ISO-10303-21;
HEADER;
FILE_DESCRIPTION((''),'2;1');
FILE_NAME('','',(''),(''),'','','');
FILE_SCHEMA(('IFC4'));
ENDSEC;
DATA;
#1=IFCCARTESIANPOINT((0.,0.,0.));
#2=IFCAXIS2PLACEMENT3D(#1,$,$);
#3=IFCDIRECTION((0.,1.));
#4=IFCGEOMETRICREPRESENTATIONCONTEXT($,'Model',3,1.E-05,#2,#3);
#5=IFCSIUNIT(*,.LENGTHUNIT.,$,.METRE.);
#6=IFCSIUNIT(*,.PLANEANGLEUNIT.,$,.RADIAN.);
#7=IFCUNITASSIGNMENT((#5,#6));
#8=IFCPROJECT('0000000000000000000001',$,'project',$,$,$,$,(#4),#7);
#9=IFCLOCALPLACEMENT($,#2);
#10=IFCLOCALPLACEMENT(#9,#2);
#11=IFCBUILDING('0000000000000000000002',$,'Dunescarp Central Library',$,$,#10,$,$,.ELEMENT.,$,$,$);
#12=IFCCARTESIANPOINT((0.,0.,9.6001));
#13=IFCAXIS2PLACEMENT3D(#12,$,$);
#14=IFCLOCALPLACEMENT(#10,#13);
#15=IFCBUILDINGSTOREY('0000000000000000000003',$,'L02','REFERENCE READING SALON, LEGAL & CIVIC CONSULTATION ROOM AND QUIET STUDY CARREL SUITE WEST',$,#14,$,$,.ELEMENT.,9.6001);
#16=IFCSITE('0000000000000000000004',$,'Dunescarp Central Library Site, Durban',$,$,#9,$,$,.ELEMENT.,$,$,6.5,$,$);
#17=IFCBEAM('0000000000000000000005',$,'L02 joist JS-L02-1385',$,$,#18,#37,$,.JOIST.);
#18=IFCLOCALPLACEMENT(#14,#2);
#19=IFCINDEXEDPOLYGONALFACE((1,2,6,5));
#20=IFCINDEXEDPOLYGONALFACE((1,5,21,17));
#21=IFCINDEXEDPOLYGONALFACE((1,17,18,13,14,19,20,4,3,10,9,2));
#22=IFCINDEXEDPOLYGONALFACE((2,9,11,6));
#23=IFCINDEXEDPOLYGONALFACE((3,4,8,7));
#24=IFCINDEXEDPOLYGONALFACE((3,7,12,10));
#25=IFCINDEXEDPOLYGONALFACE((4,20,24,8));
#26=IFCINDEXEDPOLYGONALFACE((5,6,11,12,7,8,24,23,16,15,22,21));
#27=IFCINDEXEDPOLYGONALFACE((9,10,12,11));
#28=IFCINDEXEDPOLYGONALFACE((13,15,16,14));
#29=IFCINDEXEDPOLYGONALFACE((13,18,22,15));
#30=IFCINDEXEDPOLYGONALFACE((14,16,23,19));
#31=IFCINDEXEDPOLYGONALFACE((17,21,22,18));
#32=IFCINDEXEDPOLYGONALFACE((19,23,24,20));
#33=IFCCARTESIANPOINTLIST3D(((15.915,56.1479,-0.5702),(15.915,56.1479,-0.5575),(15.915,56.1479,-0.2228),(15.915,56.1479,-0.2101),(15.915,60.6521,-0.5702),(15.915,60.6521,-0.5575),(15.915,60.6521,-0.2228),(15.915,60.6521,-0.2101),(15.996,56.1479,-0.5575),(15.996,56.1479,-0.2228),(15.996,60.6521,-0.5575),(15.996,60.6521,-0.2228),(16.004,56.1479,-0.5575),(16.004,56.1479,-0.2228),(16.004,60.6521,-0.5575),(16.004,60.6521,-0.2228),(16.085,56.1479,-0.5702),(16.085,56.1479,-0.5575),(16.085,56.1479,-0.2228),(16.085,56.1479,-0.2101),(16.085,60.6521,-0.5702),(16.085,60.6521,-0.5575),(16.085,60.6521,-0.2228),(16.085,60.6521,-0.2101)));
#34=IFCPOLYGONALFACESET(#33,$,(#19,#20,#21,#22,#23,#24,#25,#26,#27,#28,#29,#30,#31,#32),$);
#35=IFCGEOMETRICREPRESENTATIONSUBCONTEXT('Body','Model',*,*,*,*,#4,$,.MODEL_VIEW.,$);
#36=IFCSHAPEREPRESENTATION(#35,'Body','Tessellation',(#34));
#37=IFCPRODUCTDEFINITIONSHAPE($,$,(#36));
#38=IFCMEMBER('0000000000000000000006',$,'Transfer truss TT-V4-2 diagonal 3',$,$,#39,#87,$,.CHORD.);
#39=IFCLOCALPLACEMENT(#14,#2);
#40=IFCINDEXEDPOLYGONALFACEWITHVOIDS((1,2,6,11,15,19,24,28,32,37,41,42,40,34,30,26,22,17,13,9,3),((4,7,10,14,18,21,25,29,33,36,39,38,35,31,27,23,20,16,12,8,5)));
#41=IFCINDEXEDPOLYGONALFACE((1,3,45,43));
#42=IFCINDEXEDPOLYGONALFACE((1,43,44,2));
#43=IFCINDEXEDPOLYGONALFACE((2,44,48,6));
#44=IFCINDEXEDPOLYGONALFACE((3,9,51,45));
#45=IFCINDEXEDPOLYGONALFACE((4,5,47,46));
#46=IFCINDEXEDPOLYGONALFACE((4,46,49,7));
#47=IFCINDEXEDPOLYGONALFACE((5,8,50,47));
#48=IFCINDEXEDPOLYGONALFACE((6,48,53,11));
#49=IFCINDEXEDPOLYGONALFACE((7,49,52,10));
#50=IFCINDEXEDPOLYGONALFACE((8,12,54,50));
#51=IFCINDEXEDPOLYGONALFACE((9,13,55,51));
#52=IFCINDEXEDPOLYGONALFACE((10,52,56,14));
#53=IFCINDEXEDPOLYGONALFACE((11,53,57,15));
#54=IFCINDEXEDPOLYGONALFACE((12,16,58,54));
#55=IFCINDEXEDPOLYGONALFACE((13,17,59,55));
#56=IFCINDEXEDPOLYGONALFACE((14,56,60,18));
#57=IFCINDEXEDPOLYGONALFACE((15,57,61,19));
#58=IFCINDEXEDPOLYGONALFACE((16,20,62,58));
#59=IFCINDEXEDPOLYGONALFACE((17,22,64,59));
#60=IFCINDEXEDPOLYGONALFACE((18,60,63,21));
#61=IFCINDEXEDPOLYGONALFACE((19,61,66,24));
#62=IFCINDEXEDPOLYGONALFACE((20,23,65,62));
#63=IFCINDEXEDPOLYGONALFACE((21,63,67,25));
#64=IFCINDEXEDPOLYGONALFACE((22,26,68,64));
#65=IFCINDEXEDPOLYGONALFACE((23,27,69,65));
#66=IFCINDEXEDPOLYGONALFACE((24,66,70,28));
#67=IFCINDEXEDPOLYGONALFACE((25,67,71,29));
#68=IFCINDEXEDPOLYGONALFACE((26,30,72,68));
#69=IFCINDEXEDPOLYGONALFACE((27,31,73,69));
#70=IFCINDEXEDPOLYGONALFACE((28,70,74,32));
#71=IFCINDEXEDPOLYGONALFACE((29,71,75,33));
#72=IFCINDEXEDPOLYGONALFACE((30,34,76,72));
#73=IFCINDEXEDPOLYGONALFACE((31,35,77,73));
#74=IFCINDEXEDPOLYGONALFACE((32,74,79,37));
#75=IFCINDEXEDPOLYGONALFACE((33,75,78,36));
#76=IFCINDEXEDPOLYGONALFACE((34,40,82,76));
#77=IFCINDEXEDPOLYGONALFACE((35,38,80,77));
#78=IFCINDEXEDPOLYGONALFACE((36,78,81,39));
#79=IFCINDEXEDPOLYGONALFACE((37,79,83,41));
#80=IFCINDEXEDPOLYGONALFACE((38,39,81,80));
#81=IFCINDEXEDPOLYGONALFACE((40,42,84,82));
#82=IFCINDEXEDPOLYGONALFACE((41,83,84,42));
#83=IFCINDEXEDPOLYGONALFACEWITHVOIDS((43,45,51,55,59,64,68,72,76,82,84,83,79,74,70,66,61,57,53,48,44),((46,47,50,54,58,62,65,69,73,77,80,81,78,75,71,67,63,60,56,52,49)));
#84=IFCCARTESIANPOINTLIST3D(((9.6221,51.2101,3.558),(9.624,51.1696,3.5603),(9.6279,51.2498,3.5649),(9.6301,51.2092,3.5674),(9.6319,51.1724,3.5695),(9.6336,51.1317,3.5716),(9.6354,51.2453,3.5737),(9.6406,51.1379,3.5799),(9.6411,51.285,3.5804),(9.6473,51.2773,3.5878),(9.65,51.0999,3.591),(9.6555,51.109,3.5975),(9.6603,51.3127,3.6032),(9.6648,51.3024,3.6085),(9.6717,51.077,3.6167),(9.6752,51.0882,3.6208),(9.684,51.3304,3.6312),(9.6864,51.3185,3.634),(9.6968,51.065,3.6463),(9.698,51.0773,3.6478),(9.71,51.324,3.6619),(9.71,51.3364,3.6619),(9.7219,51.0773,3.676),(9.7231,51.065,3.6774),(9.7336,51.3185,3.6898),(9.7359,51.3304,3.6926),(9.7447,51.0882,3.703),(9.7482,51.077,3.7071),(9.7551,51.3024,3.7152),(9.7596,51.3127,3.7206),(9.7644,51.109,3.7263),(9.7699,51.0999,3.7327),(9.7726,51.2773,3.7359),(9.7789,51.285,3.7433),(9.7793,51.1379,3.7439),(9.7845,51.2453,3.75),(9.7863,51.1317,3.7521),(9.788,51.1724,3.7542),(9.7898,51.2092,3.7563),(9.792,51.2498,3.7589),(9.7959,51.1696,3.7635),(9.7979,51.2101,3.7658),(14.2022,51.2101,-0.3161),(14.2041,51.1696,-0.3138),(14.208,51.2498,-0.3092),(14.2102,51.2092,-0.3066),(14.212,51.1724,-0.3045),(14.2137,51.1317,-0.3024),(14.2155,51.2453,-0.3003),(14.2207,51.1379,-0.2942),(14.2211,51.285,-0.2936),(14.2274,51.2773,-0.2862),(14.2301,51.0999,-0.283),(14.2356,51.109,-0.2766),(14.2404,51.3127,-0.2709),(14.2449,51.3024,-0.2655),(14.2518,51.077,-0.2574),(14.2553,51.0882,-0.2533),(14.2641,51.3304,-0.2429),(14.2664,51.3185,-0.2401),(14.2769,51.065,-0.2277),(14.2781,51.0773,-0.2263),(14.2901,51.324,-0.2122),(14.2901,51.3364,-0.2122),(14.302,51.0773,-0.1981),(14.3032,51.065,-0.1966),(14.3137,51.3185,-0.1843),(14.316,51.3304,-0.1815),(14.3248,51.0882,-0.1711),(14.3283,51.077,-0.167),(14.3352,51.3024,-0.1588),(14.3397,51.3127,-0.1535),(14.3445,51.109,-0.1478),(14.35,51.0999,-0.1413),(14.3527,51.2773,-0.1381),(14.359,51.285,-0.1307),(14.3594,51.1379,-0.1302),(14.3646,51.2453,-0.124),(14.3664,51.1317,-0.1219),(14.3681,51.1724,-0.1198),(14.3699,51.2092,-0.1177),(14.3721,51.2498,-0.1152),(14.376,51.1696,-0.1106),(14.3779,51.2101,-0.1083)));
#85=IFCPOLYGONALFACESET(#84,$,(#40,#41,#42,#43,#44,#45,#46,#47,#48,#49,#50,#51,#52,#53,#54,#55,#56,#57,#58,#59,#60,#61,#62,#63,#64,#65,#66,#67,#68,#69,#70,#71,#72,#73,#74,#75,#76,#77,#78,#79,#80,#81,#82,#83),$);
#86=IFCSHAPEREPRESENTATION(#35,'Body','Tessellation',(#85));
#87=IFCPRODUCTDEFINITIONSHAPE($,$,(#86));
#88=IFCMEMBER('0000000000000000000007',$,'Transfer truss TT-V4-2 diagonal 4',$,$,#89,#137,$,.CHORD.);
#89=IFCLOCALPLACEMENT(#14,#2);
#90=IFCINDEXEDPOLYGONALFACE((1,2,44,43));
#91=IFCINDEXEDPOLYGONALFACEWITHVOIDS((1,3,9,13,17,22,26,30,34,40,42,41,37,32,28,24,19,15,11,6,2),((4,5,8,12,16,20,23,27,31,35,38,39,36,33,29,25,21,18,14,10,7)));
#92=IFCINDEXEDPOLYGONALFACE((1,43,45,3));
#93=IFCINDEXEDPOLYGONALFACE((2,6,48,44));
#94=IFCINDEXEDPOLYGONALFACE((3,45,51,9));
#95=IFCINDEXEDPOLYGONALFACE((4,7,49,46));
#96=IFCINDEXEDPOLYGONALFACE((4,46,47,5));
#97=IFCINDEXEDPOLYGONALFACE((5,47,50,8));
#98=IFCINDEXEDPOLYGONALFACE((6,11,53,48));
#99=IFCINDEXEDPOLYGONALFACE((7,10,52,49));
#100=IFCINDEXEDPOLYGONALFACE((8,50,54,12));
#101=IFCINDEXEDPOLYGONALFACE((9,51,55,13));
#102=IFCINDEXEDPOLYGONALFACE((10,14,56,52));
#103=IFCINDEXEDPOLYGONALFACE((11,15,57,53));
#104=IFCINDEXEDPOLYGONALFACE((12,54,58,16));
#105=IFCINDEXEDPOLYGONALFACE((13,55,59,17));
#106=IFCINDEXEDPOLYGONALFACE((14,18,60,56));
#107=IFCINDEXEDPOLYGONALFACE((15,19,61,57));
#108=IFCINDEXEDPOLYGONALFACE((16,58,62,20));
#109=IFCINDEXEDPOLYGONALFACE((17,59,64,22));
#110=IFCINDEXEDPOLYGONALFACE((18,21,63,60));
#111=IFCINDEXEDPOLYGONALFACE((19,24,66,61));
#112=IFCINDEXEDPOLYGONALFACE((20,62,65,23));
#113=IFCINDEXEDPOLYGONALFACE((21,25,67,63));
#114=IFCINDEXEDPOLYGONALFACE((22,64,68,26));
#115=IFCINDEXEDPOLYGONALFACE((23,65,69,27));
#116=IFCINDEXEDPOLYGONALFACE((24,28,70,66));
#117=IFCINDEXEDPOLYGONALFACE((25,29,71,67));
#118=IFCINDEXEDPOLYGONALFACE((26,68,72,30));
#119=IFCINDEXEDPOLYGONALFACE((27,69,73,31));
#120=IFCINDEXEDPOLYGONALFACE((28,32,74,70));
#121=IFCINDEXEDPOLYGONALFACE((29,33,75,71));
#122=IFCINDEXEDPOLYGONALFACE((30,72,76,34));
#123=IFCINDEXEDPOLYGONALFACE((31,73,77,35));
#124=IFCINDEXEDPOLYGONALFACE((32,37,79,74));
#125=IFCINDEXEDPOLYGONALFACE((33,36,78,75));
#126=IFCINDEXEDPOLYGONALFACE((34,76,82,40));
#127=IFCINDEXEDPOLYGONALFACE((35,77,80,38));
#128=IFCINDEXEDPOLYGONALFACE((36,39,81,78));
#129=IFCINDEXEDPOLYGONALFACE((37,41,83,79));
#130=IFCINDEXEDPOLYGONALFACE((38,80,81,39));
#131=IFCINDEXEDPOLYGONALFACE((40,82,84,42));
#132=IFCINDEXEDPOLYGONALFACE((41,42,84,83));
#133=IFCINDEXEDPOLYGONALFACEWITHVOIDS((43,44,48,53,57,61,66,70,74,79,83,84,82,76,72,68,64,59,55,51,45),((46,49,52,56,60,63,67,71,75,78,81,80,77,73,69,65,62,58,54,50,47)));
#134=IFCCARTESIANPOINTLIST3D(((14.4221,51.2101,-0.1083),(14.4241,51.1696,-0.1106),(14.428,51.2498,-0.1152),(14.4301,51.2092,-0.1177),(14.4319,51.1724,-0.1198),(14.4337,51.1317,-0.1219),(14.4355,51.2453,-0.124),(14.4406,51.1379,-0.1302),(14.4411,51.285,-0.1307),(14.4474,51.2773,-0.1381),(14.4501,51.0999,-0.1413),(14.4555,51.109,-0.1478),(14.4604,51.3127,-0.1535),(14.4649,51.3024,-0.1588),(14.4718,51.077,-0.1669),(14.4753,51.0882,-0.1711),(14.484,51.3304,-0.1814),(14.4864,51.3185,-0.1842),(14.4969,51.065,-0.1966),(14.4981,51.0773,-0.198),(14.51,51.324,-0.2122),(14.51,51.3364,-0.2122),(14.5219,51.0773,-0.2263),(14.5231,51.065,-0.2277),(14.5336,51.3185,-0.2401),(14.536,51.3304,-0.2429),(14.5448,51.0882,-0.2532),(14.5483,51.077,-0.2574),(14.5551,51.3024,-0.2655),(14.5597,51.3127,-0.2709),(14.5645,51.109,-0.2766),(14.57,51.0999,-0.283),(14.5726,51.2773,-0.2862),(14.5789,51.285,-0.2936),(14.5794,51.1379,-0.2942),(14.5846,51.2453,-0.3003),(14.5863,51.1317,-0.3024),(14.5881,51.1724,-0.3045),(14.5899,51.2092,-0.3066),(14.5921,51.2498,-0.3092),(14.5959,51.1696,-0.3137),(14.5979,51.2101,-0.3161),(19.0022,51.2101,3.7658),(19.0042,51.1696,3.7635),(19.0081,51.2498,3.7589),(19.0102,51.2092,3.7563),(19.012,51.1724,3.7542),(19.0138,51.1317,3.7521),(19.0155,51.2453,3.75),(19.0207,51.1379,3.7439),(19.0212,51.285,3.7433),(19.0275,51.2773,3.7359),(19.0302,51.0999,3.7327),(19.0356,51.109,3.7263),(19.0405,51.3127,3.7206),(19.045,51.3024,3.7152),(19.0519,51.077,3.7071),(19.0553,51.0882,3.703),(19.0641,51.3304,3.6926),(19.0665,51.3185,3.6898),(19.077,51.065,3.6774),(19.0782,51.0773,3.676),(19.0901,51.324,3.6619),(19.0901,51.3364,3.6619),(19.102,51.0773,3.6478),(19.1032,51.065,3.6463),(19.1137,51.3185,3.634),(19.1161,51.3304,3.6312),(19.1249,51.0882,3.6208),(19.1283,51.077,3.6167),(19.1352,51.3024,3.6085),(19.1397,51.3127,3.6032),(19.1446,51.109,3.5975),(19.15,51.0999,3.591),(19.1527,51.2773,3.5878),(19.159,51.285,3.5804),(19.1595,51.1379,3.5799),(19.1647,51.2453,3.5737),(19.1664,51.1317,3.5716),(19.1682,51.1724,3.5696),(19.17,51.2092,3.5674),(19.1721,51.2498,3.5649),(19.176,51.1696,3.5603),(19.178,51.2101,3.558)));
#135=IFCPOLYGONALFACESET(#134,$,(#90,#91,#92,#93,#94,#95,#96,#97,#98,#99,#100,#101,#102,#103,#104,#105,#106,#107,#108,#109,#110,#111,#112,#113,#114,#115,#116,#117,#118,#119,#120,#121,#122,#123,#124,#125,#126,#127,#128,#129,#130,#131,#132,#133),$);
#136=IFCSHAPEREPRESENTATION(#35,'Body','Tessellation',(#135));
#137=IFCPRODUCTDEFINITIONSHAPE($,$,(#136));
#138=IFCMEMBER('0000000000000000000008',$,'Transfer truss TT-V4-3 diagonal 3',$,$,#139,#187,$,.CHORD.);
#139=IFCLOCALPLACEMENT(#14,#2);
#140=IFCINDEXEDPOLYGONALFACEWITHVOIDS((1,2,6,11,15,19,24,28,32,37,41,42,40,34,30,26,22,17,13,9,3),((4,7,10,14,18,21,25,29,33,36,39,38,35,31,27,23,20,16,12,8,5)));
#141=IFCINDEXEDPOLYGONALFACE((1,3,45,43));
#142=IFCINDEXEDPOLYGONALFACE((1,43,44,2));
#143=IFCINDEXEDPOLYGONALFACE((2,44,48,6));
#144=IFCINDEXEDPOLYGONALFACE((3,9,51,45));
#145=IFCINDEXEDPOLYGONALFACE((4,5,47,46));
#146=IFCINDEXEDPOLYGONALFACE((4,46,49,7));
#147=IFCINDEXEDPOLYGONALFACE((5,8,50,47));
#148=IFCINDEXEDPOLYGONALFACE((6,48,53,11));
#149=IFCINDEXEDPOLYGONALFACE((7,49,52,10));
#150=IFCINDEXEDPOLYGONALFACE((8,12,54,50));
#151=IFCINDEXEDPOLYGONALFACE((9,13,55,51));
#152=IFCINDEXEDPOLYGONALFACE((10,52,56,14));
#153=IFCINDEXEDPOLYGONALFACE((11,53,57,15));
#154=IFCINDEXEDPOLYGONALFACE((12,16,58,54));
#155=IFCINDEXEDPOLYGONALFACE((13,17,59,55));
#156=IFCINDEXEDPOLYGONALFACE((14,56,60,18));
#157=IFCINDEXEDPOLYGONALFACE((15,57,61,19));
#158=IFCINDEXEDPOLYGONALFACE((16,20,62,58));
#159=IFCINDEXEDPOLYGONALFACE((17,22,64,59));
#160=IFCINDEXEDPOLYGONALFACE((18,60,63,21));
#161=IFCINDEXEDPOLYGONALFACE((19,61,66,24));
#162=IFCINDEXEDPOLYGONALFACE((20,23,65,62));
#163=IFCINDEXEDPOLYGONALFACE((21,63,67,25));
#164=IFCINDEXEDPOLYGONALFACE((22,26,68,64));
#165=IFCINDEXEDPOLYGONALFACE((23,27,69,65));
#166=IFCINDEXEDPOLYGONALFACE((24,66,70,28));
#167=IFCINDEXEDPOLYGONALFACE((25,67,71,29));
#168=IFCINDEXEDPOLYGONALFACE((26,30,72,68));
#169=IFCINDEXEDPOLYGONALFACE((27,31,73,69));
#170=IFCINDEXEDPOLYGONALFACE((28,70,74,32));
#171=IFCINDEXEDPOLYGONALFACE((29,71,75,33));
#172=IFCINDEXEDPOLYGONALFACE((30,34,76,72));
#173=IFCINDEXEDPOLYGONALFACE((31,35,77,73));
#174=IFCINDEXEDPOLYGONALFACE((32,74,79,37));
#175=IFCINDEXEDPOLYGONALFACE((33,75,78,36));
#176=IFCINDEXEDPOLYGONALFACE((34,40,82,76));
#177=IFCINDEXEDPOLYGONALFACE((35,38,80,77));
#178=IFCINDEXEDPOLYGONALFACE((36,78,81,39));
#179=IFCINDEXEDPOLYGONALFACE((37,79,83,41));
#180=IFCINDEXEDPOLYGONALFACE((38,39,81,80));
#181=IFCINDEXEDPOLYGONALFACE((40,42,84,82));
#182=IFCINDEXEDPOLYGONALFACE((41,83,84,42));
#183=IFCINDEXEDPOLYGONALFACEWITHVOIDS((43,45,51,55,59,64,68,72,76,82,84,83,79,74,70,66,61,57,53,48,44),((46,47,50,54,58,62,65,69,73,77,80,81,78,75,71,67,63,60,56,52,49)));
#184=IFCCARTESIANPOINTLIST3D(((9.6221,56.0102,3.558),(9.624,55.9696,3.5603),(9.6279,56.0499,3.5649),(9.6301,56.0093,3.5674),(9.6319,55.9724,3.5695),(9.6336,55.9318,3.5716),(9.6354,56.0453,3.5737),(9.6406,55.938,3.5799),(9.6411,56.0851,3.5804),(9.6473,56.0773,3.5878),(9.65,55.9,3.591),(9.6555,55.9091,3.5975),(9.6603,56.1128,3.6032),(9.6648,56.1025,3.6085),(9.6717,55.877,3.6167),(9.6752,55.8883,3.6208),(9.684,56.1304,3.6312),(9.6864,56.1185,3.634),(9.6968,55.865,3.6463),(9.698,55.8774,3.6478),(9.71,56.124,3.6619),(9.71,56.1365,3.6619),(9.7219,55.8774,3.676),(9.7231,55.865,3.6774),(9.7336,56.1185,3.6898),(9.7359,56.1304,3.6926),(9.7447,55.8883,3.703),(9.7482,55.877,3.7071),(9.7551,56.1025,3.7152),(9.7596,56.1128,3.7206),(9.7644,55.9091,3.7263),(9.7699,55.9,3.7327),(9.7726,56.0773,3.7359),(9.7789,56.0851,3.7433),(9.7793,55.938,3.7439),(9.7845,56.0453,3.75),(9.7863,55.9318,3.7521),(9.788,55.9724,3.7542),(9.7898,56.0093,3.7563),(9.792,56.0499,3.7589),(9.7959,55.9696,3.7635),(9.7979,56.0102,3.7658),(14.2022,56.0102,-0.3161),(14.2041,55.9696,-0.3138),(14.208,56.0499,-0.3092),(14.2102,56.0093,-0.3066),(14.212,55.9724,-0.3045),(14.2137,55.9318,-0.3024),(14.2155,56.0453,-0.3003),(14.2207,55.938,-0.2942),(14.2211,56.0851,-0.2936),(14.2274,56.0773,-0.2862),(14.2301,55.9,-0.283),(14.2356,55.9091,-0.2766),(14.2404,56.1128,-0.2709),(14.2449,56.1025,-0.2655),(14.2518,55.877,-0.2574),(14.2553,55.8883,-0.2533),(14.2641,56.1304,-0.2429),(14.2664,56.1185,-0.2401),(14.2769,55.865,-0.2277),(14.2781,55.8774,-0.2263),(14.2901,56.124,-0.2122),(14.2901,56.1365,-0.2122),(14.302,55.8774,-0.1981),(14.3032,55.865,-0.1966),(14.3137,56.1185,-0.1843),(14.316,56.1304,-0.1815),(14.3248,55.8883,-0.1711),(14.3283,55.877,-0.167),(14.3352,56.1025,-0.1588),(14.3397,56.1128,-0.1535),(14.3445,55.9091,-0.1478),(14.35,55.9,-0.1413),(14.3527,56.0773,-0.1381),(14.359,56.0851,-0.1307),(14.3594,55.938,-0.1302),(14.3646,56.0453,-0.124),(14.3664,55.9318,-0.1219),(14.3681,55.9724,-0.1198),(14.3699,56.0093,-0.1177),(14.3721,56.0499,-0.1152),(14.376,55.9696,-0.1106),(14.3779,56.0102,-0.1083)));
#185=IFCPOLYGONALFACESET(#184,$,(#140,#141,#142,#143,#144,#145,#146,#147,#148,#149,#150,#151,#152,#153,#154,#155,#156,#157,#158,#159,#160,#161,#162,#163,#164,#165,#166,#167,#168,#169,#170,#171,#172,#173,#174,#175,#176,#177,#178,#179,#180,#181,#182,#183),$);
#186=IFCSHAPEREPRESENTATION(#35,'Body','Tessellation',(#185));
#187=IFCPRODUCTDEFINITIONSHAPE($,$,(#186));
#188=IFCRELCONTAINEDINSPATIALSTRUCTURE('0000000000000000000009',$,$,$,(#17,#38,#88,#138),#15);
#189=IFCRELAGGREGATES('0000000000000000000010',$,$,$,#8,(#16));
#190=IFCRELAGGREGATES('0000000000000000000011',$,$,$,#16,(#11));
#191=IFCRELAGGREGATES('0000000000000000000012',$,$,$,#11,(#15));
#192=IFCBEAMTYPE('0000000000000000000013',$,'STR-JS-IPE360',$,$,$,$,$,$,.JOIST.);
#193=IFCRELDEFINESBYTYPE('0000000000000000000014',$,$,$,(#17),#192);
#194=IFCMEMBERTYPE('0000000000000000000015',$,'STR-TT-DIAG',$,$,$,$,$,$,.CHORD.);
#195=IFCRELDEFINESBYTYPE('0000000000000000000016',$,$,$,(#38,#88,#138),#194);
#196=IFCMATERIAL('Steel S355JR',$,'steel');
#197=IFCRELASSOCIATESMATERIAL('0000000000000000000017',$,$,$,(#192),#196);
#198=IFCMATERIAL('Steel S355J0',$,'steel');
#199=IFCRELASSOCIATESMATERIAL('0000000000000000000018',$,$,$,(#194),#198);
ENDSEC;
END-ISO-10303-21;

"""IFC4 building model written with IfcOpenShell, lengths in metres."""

from ifc_helpers import new_model, si_unit, direction, frame, origin, origin_2d, place, context, subcontext, project, spatial, hollow_circle, i_section, extrude, material, material_profile, profile_set, type_object, element, save


model = new_model("IFC4")

# Units and contexts
model_context = context("Model", 3, precision=1e-05, world=origin(), true_north=direction((0.0, 1.0)))
body_context = subcontext(model_context, "Body", "Model", "MODEL_VIEW")
ifc_project = project(units=[si_unit("LENGTHUNIT", "METRE"), si_unit("PLANEANGLEUNIT", "RADIAN")], contexts=[model_context])

# Site, building, storey
site_placement = place(None, origin())
site = spatial("IfcSite", under=ifc_project, at=site_placement, Name="Dunescarp Central Library Site, Durban", CompositionType="ELEMENT", RefElevation=6.5)
building_placement = place(site_placement, origin())
building = spatial("IfcBuilding", under=site, at=building_placement, Name="Dunescarp Central Library", CompositionType="ELEMENT")
storey_placement = place(building_placement, frame((0.0, 0.0, 9.6001)))
storey = spatial("IfcBuildingStorey", under=building, at=storey_placement, Name="L02", Description="REFERENCE READING SALON, LEGAL & CIVIC CONSULTATION ROOM AND QUIET STUDY CARREL SUITE WEST", CompositionType="ELEMENT", Elevation=9.6001)

# Shared definitions
ifc_material_1 = material(Name="Steel S355JR", Category="steel")

# Beam
ifc_material_profile_1 = material_profile(ifc_material_1, i_section(OverallWidth=0.1699, OverallDepth=0.3601, WebThickness=0.0081, FlangeThickness=0.0127, at=origin_2d()), Name="IPE 360")
ifc_profile_set_1 = profile_set([ifc_material_profile_1], Name="Steel S355JR")
beam_type_1 = type_object("IfcBeamType", Name="STR-JS-IPE360", PredefinedType="JOIST", material=ifc_profile_set_1)
for number, where, z_axis, x_axis, name in (
    (1, (16.0, 56.1479, -0.3901), (0.0, 1.0, 0.0), (-1.0, 0.0, 0.0), "L02 joist JS-L02-1385"),
):
    element("IfcBeam", number, at=place(storey_placement, frame(where, z_axis=z_axis, x_axis=x_axis)), inside=storey, type_object=beam_type_1, Name=name, PredefinedType="JOIST", context=body_context, shape_type="SweptSolid", body=[
        extrude(i_section(OverallWidth=0.1699, OverallDepth=0.3601, WebThickness=0.0081, FlangeThickness=0.0127, at=origin_2d()), origin(), (0.0, 0.0, 1.0), 4.5042),
    ])

# Members
ifc_material_2 = material(Name="Steel S355J0", Category="steel")
ifc_material_profile_2 = material_profile(ifc_material_2, hollow_circle(Radius=0.1365, WallThickness=0.0125, at=origin_2d()), Name="CHS 273x12.5")
ifc_profile_set_2 = profile_set([ifc_material_profile_2], Name="Steel S355J0")
member_type_1 = type_object("IfcMemberType", Name="STR-TT-DIAG", PredefinedType="CHORD", material=ifc_profile_set_2)
for number, where, z_axis, x_axis, name in (
    (2, (9.71, 51.2, 3.6619), (0.763504, 0.0, -0.645804), (0.0, 1.0, 0.0), "Transfer truss TT-V4-2 diagonal 3"),
    (3, (14.51, 51.2, -0.2122), (0.763504, 0.0, 0.645804), (0.0, 1.0, 0.0), "Transfer truss TT-V4-2 diagonal 4"),
    (4, (9.71, 56.0, 3.6619), (0.763504, 0.0, -0.645804), (0.0, 1.0, 0.0), "Transfer truss TT-V4-3 diagonal 3"),
):
    element("IfcMember", number, at=place(storey_placement, frame(where, z_axis=z_axis, x_axis=x_axis)), inside=storey, type_object=member_type_1, Name=name, PredefinedType="CHORD", context=body_context, shape_type="SweptSolid", body=[
        extrude(hollow_circle(Radius=0.1365, WallThickness=0.0125, at=origin_2d()), origin(), (0.0, 0.0, 1.0), 5.9988),
    ])

save(model, "model.ifc")
